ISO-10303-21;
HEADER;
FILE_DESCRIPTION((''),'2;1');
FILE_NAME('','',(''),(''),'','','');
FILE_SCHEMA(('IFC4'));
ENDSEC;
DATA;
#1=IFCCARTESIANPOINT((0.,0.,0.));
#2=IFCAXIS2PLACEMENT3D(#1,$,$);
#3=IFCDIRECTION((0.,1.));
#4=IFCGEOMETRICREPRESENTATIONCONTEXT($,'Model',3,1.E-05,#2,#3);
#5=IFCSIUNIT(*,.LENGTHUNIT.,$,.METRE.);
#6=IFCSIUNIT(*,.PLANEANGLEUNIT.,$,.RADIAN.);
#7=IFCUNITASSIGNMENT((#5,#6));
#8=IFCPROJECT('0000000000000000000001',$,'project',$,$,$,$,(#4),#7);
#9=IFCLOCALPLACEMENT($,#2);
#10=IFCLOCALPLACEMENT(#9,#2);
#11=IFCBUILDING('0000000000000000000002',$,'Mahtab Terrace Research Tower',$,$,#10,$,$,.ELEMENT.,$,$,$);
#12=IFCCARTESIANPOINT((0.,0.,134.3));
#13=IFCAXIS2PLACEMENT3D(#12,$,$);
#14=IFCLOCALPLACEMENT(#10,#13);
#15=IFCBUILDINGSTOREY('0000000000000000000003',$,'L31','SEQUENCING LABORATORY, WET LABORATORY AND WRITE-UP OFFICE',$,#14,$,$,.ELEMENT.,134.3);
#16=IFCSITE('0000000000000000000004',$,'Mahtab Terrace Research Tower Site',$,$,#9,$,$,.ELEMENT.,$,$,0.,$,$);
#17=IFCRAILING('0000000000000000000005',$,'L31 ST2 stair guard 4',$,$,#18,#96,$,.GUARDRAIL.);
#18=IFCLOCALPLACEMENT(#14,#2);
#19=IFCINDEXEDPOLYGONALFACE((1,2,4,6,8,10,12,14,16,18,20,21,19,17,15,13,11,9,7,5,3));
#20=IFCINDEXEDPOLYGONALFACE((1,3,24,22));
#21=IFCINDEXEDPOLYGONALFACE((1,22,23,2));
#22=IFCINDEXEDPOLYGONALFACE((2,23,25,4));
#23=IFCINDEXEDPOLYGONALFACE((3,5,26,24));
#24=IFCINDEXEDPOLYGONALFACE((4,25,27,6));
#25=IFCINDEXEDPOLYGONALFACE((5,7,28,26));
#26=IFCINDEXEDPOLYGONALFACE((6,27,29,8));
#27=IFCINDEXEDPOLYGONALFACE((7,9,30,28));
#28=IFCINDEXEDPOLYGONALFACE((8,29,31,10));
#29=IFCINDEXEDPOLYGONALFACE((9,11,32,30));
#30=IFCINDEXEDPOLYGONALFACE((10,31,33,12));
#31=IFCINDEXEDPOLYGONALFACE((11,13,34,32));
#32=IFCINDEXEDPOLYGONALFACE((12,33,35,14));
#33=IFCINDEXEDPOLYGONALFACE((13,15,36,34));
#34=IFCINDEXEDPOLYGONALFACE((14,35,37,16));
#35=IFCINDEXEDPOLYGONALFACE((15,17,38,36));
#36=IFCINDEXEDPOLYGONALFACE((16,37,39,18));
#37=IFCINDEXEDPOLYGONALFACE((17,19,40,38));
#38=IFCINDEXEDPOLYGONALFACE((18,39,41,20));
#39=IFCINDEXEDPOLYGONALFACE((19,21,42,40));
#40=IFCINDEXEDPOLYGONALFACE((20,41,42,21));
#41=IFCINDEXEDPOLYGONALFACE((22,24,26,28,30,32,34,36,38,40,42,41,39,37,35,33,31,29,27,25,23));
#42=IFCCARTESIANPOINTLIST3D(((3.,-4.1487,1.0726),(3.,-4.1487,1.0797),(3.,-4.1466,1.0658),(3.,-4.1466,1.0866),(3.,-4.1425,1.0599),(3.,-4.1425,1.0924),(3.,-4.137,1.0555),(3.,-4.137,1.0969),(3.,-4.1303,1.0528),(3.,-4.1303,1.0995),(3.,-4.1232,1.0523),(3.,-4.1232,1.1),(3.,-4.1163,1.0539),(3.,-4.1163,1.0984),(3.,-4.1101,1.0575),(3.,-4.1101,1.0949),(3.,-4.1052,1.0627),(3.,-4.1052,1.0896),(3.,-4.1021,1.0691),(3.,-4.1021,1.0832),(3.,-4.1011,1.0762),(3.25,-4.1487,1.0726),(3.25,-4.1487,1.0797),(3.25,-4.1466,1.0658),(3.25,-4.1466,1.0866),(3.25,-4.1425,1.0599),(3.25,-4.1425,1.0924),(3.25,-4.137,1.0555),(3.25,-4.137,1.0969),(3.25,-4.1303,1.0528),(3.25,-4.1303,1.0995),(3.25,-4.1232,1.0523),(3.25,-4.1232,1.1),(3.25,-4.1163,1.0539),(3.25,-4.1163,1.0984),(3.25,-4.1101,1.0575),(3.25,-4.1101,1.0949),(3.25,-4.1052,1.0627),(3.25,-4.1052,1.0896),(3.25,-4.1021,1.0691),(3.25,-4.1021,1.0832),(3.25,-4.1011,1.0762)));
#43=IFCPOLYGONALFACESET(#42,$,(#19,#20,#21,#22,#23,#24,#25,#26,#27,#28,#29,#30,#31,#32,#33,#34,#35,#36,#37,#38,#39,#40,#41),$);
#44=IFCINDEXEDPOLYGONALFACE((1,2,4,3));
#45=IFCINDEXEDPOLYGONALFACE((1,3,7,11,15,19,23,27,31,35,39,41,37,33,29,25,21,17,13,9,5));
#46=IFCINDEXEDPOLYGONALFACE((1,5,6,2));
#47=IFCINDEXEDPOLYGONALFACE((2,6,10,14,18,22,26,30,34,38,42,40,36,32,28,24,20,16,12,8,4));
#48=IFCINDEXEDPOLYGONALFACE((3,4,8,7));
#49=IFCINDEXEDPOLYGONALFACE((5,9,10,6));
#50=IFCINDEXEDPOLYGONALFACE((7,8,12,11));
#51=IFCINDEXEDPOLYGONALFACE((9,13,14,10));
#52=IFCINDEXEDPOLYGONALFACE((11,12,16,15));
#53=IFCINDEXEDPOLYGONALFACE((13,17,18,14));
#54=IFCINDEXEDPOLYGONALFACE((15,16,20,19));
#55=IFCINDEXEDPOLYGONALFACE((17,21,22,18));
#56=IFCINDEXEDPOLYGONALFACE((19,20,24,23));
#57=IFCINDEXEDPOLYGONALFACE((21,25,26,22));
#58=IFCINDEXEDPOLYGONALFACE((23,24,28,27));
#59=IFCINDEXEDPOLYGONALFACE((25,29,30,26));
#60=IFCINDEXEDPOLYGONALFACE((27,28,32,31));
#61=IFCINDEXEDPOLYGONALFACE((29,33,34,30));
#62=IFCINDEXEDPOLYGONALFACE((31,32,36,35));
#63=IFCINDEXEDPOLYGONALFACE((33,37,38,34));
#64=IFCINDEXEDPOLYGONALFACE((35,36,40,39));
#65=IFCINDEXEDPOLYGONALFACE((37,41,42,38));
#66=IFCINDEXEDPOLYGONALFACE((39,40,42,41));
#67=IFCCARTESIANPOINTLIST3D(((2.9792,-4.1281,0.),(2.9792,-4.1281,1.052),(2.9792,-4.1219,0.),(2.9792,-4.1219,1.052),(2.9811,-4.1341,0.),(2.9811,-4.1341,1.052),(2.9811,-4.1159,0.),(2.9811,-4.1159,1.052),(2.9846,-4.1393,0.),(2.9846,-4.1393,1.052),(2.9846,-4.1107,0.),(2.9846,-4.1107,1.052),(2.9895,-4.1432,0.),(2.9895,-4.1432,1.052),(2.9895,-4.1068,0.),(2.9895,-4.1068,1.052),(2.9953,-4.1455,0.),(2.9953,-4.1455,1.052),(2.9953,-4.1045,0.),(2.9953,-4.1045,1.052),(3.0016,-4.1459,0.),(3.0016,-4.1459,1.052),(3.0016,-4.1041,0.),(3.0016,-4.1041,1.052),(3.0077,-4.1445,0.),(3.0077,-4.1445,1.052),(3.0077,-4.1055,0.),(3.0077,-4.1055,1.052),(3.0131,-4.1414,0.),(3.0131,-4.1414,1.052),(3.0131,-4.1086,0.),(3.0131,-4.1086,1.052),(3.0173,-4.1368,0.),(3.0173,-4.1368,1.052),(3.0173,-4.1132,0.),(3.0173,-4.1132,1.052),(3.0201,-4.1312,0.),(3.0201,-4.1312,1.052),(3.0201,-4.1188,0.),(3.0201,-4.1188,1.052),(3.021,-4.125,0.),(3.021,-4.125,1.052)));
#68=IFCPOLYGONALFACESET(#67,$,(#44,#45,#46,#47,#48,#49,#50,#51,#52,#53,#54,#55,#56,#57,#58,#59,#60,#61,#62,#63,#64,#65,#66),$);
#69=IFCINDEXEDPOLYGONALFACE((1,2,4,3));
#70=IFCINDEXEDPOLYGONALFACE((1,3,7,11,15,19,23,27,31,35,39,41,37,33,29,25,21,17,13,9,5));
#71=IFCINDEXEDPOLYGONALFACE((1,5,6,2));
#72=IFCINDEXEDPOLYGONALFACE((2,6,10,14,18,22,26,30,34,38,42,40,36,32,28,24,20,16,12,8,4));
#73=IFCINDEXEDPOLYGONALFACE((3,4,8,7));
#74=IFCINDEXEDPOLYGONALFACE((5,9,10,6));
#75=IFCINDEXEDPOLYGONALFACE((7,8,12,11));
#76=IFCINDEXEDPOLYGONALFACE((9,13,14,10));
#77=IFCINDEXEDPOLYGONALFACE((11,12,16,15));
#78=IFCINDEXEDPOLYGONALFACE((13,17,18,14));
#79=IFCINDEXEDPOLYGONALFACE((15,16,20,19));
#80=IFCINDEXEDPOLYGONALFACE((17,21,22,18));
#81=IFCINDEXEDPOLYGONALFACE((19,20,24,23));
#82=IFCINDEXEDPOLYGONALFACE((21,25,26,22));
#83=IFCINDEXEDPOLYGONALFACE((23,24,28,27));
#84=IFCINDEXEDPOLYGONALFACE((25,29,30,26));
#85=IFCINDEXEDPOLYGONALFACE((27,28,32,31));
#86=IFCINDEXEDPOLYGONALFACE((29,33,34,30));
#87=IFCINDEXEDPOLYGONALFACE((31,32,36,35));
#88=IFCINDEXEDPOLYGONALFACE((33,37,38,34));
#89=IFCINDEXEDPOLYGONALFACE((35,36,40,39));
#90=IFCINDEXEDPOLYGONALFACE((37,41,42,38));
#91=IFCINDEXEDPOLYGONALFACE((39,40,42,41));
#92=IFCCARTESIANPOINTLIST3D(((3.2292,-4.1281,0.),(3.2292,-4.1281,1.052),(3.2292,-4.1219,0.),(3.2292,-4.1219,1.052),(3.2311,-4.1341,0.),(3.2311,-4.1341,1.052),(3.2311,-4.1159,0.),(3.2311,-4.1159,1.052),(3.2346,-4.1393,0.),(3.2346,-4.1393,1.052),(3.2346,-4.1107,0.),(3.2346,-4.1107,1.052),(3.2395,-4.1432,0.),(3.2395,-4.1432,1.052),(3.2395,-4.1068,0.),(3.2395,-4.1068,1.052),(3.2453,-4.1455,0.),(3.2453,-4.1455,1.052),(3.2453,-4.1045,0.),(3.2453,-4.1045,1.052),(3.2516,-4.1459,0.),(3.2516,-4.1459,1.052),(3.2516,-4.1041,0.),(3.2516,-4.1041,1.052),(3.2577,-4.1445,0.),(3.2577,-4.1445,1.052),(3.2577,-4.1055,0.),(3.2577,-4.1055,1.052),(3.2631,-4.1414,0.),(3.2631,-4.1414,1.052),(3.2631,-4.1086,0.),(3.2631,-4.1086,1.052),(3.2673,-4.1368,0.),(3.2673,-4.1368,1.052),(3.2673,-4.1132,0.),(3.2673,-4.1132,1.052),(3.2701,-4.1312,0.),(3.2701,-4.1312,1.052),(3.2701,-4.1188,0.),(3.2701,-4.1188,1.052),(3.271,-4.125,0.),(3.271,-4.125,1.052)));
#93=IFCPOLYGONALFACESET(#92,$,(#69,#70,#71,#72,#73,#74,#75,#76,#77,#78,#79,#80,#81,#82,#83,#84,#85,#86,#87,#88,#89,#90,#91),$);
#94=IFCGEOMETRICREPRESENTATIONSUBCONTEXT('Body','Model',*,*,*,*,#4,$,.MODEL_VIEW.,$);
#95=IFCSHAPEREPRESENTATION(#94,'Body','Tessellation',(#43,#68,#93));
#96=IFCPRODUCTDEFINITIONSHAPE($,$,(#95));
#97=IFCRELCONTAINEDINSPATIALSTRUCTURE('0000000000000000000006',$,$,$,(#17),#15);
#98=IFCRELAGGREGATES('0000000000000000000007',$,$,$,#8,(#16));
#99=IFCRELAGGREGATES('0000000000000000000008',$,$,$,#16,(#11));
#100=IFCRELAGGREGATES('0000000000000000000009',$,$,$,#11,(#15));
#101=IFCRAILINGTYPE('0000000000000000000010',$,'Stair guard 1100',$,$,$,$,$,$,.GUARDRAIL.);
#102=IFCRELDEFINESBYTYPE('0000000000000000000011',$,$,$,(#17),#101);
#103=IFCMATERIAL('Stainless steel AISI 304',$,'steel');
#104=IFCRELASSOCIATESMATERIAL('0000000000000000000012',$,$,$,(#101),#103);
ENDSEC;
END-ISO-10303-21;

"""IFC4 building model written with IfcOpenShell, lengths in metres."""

from ifc_helpers import new_model, si_unit, direction, frame, origin, origin_2d, place, context, subcontext, project, spatial, circle, extrude, material, type_object, element, save


model = new_model("IFC4")

# Units and contexts
model_context = context("Model", 3, precision=1e-05, world=origin(), true_north=direction((0.0, 1.0)))
body_context = subcontext(model_context, "Body", "Model", "MODEL_VIEW")
ifc_project = project(units=[si_unit("LENGTHUNIT", "METRE"), si_unit("PLANEANGLEUNIT", "RADIAN")], contexts=[model_context])

# Site, building, storey
site_placement = place(None, origin())
site = spatial("IfcSite", under=ifc_project, at=site_placement, Name="Mahtab Terrace Research Tower Site", CompositionType="ELEMENT", RefElevation=0.0)
building_placement = place(site_placement, origin())
building = spatial("IfcBuilding", under=site, at=building_placement, Name="Mahtab Terrace Research Tower", CompositionType="ELEMENT")
storey_placement = place(building_placement, frame((0.0, 0.0, 134.3)))
storey = spatial("IfcBuildingStorey", under=building, at=storey_placement, Name="L31", Description="SEQUENCING LABORATORY, WET LABORATORY AND WRITE-UP OFFICE", CompositionType="ELEMENT", Elevation=134.3)

# Railing
ifc_material_1 = material(Name="Stainless steel AISI 304", Category="steel")
railing_type_1 = type_object("IfcRailingType", Name="Stair guard 1100", PredefinedType="GUARDRAIL", material=ifc_material_1)
railing_1_placement = place(storey_placement, frame((3.0, -4.125, 0.0)))
element("IfcRailing", 1, at=railing_1_placement, inside=storey, type_object=railing_type_1, Name="L31 ST2 stair guard 4", PredefinedType="GUARDRAIL", context=body_context, shape_type="SweptSolid", body=[
    extrude(circle(Radius=0.0239, at=origin_2d()), frame((0.0, 0.0, 1.0762), z_axis=(1.0, 0.0, 0.0), x_axis=(0.0, 1.0, 0.0)), (0.0, 0.0, 1.0), 0.25),
    extrude(circle(Radius=0.021, at=origin_2d()), origin(), (0.0, 0.0, 1.0), 1.052),
    extrude(circle(Radius=0.021, at=origin_2d()), frame((0.25, 0.0, 0.0)), (0.0, 0.0, 1.0), 1.052),
])

save(model, "model.ifc")
